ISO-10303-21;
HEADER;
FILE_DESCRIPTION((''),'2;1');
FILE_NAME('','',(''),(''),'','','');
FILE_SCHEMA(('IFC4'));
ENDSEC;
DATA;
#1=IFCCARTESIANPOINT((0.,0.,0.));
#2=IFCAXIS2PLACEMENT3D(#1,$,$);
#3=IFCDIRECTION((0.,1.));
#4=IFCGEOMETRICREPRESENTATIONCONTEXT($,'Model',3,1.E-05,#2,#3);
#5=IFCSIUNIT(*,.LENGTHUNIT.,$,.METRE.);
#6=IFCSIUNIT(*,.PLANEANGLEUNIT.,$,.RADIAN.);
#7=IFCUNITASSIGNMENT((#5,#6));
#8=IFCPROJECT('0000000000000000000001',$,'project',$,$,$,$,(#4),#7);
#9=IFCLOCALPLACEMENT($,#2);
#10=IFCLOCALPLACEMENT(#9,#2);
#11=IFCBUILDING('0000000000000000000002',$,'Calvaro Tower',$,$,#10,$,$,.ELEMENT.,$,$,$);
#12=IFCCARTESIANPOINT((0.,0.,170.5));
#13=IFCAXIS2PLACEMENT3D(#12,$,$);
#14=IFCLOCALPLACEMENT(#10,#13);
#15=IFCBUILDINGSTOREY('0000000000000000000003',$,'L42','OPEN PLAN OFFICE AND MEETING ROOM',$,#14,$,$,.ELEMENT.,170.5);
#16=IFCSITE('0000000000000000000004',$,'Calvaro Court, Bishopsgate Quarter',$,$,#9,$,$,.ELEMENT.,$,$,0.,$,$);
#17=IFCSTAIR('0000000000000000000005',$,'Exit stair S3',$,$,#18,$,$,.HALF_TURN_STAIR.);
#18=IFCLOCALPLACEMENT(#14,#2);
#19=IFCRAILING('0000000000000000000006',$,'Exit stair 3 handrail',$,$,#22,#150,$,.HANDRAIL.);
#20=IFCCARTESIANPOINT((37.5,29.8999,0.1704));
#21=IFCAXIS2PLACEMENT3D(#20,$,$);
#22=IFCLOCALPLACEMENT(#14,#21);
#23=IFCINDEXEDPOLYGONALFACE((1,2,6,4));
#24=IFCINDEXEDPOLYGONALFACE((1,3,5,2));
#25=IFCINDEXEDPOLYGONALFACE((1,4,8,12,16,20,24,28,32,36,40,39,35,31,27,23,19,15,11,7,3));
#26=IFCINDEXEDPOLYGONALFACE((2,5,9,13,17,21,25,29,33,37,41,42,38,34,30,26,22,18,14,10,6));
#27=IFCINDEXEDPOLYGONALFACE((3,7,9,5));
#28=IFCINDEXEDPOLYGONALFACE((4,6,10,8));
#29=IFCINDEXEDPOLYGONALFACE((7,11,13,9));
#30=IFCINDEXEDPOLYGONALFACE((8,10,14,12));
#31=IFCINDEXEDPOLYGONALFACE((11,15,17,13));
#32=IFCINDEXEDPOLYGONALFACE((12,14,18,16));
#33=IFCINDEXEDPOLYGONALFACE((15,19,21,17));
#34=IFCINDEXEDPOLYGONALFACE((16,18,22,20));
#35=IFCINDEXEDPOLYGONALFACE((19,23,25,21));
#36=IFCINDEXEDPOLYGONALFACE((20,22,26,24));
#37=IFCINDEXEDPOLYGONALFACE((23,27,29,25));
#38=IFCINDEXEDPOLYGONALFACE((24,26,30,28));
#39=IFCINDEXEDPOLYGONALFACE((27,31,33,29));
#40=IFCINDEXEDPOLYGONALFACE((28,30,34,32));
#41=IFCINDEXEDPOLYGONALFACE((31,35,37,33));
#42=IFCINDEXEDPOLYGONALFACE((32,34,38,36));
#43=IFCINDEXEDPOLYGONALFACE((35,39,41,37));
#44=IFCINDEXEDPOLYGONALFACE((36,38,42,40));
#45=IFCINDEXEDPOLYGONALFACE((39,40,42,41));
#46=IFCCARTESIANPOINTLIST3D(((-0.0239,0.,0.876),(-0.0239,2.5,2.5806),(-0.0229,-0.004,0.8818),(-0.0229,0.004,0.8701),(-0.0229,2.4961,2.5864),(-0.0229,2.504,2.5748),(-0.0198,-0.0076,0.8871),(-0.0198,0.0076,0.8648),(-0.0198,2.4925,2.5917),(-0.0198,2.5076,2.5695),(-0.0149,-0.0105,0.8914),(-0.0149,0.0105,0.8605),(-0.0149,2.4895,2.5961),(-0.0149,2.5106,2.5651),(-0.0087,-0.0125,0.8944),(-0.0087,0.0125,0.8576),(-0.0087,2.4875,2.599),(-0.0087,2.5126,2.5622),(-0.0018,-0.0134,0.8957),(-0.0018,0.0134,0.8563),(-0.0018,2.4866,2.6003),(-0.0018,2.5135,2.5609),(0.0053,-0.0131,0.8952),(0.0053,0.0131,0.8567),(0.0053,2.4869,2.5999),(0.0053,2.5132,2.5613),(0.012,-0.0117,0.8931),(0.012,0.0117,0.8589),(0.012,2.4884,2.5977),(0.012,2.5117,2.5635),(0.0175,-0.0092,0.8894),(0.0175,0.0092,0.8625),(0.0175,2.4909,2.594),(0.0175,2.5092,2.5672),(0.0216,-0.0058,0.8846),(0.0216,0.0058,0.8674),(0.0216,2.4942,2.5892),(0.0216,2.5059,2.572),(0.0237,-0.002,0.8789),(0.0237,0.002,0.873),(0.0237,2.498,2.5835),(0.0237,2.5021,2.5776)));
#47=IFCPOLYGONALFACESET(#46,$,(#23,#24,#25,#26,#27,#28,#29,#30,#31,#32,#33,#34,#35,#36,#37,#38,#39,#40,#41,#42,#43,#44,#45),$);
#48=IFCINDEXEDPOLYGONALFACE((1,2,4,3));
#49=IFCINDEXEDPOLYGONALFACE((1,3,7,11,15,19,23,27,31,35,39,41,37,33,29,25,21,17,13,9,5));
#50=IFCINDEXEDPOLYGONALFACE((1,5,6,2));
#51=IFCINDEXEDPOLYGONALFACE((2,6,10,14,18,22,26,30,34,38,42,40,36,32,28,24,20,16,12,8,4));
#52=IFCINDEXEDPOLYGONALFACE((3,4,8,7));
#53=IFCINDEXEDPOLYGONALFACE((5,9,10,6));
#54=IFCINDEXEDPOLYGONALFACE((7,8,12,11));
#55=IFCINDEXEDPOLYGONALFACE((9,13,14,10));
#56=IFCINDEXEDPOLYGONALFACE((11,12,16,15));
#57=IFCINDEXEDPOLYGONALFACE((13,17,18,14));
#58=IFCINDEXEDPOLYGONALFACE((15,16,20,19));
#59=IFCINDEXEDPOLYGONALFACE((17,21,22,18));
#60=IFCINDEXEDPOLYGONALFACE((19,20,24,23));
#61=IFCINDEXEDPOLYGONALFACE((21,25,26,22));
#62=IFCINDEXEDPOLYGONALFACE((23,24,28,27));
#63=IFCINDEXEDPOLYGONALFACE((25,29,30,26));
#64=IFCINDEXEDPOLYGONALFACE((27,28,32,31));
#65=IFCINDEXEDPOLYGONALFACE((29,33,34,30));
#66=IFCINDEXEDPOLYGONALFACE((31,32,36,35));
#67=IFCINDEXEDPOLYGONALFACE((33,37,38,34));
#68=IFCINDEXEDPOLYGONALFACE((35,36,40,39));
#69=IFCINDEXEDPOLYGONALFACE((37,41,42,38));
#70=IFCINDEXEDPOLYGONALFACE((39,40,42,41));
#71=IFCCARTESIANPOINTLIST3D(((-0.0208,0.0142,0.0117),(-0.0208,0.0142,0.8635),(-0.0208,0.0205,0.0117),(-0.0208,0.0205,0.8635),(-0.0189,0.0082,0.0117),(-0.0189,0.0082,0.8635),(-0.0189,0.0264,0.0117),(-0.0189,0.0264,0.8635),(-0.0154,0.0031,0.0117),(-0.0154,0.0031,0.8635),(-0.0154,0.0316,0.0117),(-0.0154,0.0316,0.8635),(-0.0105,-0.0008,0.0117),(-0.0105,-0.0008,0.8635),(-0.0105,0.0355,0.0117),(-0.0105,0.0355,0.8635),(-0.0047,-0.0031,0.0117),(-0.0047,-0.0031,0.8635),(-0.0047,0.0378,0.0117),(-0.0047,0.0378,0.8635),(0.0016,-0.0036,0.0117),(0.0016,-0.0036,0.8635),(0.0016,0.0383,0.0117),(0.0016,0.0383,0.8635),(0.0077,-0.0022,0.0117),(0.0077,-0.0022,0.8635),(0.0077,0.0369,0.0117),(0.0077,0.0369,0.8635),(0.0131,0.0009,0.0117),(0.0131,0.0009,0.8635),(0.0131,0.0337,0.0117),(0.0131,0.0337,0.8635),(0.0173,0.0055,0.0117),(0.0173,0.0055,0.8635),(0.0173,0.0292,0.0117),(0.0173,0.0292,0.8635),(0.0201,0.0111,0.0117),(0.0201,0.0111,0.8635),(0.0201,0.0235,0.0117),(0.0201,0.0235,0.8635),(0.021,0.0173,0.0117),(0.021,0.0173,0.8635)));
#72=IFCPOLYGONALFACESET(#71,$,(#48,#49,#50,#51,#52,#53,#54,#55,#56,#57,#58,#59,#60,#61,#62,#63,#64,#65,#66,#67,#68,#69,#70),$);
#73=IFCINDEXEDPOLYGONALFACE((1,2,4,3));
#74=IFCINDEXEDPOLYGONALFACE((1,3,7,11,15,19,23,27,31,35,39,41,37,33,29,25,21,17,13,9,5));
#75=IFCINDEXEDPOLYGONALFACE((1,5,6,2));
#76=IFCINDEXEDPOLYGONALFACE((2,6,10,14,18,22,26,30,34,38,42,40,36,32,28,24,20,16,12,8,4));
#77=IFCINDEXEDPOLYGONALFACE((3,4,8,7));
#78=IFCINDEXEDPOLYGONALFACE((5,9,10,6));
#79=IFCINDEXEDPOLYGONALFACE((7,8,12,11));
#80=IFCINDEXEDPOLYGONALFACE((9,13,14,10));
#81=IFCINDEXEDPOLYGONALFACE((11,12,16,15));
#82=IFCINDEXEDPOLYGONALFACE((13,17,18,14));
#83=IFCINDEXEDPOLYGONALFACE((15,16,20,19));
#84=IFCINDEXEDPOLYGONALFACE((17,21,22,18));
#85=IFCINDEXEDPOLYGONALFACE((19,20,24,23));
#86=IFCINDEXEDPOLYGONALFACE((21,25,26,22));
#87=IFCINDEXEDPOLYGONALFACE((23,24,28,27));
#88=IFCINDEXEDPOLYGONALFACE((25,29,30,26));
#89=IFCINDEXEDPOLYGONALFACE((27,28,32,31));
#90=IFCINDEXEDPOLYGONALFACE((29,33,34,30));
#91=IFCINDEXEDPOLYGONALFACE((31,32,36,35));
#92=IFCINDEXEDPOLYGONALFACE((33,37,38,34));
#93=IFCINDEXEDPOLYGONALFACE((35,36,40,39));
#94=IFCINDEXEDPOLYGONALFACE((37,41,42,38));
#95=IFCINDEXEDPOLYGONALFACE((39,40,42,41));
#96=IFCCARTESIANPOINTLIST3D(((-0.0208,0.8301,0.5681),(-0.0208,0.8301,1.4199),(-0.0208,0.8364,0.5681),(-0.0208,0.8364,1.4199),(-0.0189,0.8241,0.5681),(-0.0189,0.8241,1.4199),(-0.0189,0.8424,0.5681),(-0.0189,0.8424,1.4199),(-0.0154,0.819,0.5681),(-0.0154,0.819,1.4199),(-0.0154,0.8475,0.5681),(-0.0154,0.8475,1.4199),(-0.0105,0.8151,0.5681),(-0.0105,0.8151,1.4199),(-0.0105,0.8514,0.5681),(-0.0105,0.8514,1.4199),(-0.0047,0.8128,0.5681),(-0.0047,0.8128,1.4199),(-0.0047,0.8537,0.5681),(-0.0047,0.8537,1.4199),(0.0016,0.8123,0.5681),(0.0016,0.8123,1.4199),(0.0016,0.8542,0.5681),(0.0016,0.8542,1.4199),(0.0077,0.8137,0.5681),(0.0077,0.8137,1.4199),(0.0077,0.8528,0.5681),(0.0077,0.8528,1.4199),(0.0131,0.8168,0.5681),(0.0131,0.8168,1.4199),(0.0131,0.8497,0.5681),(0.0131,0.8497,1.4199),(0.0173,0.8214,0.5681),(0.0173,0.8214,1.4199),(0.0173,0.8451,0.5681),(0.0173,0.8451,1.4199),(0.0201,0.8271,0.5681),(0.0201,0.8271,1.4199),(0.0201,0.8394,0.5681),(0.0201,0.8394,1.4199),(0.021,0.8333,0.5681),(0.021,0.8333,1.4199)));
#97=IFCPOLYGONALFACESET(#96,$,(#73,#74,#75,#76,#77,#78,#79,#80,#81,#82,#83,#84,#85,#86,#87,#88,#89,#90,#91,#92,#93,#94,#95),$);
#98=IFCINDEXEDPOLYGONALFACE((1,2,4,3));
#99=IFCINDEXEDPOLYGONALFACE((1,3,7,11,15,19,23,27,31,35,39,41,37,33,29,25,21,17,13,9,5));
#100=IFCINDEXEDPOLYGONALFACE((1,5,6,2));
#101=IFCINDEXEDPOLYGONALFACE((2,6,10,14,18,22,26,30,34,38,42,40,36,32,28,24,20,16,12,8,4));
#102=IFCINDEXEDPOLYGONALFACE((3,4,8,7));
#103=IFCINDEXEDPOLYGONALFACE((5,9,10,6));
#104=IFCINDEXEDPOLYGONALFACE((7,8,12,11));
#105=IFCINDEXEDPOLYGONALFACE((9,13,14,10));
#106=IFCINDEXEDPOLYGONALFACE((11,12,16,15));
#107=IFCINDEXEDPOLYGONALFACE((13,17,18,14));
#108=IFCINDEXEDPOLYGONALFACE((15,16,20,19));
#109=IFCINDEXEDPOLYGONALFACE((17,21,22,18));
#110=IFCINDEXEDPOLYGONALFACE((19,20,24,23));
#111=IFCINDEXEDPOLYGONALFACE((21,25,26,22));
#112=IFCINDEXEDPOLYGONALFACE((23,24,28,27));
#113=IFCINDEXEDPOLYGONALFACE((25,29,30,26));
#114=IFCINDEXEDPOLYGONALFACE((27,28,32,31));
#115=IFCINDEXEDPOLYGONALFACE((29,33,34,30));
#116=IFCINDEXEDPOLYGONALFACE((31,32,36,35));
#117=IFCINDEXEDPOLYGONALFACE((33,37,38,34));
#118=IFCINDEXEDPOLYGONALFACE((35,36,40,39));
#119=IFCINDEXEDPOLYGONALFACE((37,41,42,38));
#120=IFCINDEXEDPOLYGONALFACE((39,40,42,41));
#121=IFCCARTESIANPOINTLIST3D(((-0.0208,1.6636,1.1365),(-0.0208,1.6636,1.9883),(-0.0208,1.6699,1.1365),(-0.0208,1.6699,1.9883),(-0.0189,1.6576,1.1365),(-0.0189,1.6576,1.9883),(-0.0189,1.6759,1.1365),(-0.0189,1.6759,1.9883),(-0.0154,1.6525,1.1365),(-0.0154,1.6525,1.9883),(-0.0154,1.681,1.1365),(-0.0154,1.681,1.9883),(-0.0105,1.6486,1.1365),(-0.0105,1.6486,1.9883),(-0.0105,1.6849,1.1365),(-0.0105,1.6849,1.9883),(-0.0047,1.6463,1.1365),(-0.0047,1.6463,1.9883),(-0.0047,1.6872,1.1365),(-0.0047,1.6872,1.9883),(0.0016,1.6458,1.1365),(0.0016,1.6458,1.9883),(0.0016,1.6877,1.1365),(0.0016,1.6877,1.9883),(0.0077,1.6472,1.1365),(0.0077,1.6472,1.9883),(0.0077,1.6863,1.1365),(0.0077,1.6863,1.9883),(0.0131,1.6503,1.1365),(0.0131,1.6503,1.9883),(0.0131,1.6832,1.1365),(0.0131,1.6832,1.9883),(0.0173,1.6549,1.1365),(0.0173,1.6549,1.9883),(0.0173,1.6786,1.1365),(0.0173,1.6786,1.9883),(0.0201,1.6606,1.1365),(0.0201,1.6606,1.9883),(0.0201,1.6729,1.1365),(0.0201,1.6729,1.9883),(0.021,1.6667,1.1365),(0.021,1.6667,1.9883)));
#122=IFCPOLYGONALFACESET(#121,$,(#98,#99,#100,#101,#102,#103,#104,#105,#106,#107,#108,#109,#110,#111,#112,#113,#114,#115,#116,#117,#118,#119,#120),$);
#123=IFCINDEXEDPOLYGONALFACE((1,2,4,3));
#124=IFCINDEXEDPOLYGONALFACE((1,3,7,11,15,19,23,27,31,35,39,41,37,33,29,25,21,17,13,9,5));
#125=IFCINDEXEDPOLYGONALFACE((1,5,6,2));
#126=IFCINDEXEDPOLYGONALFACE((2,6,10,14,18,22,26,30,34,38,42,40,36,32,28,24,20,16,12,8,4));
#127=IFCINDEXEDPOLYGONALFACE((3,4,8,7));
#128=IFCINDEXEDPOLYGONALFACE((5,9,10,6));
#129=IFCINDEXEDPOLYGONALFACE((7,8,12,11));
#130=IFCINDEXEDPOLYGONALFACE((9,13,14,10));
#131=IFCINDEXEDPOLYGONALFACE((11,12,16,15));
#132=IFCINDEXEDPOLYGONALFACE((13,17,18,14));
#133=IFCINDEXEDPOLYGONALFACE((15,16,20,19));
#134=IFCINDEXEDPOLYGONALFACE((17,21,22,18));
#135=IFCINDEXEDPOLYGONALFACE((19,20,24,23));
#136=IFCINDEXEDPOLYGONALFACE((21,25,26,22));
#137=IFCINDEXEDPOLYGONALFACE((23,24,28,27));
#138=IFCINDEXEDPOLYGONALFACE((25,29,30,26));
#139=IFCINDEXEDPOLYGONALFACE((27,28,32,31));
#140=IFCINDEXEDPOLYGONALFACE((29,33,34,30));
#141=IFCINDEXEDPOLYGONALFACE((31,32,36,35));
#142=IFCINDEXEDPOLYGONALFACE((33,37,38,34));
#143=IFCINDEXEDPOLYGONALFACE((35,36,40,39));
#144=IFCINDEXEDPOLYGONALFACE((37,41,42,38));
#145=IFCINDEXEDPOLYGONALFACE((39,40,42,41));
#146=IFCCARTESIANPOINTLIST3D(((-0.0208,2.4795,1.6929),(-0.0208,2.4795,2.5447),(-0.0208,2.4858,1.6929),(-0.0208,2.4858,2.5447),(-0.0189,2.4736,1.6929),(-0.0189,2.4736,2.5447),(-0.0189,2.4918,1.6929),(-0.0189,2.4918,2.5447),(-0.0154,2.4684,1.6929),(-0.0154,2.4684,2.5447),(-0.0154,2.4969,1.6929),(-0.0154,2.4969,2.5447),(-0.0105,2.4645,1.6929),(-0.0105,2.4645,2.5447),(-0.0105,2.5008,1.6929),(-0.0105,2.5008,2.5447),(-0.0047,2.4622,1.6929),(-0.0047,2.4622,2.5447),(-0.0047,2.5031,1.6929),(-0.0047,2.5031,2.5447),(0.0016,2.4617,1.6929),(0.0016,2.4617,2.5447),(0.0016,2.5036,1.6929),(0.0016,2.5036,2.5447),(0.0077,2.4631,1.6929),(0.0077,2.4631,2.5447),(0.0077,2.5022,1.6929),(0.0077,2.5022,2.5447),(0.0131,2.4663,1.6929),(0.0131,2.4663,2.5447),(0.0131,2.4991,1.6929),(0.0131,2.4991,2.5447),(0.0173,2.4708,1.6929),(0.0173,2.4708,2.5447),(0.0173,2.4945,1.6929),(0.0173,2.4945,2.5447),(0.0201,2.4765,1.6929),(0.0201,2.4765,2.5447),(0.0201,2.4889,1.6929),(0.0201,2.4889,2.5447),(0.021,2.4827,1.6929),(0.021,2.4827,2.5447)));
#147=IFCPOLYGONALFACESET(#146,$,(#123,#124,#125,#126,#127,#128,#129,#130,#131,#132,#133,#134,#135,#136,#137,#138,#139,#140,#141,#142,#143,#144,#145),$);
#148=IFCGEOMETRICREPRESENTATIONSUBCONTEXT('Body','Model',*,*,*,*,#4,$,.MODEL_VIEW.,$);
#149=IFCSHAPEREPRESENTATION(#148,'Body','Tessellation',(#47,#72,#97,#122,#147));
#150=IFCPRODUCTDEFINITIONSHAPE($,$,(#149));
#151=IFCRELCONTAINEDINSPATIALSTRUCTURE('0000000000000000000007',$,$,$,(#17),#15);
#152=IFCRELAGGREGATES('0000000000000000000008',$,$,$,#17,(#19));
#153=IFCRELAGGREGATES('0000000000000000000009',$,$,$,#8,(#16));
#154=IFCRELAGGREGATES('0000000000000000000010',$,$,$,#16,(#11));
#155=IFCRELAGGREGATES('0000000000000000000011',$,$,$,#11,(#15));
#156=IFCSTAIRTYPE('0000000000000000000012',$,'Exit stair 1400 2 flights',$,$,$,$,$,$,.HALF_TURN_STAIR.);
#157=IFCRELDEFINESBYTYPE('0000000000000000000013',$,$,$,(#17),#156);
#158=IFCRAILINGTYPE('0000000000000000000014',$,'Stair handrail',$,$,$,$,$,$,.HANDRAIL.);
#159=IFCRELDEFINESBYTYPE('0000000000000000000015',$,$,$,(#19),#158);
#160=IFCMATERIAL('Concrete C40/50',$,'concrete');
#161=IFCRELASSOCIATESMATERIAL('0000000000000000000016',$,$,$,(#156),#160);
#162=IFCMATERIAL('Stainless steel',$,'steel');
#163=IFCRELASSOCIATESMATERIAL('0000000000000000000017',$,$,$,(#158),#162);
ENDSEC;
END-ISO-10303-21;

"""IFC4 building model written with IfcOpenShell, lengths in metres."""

from ifc_helpers import new_model, si_unit, direction, frame, origin, origin_2d, place, context, subcontext, project, spatial, circle, extrude, material, type_object, element, aggregate, save


model = new_model("IFC4")

# Units and contexts
model_context = context("Model", 3, precision=1e-05, world=origin(), true_north=direction((0.0, 1.0)))
body_context = subcontext(model_context, "Body", "Model", "MODEL_VIEW")
ifc_project = project(units=[si_unit("LENGTHUNIT", "METRE"), si_unit("PLANEANGLEUNIT", "RADIAN")], contexts=[model_context])

# Site, building, storey
site_placement = place(None, origin())
site = spatial("IfcSite", under=ifc_project, at=site_placement, Name="Calvaro Court, Bishopsgate Quarter", CompositionType="ELEMENT", RefElevation=0.0)
building_placement = place(site_placement, origin())
building = spatial("IfcBuilding", under=site, at=building_placement, Name="Calvaro Tower", CompositionType="ELEMENT")
storey_placement = place(building_placement, frame((0.0, 0.0, 170.5)))
storey = spatial("IfcBuildingStorey", under=building, at=storey_placement, Name="L42", Description="OPEN PLAN OFFICE AND MEETING ROOM", CompositionType="ELEMENT", Elevation=170.5)

# Stair, railing
ifc_material_1 = material(Name="Concrete C40/50", Category="concrete")
stair_type = type_object("IfcStairType", Name="Exit stair 1400 2 flights", PredefinedType="HALF_TURN_STAIR", material=ifc_material_1)
stair_placement = place(storey_placement, origin())
stair = element("IfcStair", 1, at=stair_placement, inside=storey, type_object=stair_type, Name="Exit stair S3", PredefinedType="HALF_TURN_STAIR")
ifc_material_2 = material(Name="Stainless steel", Category="steel")
railing_type = type_object("IfcRailingType", Name="Stair handrail", PredefinedType="HANDRAIL", material=ifc_material_2)
railing_1_placement = place(storey_placement, frame((37.5, 29.8999, 0.1704)))
railing_1 = element("IfcRailing", 2, at=railing_1_placement, type_object=railing_type, Name="Exit stair 3 handrail", PredefinedType="HANDRAIL", context=body_context, shape_type="SweptSolid", body=[
    extrude(circle(Radius=0.0239, at=origin_2d()), frame((0.0, 0.0, 0.876), z_axis=(0.0, 0.826221, 0.563347), x_axis=(-1.0, 0.0, 0.0)), (0.0, 0.0, 1.0), 3.0259),
    extrude(circle(Radius=0.021, at=origin_2d()), frame((0.0, 0.0173, 0.0117)), (0.0, 0.0, 1.0), 0.8518),
    extrude(circle(Radius=0.021, at=origin_2d()), frame((0.0, 0.8333, 0.5681)), (0.0, 0.0, 1.0), 0.8518),
    extrude(circle(Radius=0.021, at=origin_2d()), frame((0.0, 1.6667, 1.1365)), (0.0, 0.0, 1.0), 0.8518),
    extrude(circle(Radius=0.021, at=origin_2d()), frame((0.0, 2.4827, 1.6929)), (0.0, 0.0, 1.0), 0.8518),
])
aggregate(stair, [railing_1])

save(model, "model.ifc")
